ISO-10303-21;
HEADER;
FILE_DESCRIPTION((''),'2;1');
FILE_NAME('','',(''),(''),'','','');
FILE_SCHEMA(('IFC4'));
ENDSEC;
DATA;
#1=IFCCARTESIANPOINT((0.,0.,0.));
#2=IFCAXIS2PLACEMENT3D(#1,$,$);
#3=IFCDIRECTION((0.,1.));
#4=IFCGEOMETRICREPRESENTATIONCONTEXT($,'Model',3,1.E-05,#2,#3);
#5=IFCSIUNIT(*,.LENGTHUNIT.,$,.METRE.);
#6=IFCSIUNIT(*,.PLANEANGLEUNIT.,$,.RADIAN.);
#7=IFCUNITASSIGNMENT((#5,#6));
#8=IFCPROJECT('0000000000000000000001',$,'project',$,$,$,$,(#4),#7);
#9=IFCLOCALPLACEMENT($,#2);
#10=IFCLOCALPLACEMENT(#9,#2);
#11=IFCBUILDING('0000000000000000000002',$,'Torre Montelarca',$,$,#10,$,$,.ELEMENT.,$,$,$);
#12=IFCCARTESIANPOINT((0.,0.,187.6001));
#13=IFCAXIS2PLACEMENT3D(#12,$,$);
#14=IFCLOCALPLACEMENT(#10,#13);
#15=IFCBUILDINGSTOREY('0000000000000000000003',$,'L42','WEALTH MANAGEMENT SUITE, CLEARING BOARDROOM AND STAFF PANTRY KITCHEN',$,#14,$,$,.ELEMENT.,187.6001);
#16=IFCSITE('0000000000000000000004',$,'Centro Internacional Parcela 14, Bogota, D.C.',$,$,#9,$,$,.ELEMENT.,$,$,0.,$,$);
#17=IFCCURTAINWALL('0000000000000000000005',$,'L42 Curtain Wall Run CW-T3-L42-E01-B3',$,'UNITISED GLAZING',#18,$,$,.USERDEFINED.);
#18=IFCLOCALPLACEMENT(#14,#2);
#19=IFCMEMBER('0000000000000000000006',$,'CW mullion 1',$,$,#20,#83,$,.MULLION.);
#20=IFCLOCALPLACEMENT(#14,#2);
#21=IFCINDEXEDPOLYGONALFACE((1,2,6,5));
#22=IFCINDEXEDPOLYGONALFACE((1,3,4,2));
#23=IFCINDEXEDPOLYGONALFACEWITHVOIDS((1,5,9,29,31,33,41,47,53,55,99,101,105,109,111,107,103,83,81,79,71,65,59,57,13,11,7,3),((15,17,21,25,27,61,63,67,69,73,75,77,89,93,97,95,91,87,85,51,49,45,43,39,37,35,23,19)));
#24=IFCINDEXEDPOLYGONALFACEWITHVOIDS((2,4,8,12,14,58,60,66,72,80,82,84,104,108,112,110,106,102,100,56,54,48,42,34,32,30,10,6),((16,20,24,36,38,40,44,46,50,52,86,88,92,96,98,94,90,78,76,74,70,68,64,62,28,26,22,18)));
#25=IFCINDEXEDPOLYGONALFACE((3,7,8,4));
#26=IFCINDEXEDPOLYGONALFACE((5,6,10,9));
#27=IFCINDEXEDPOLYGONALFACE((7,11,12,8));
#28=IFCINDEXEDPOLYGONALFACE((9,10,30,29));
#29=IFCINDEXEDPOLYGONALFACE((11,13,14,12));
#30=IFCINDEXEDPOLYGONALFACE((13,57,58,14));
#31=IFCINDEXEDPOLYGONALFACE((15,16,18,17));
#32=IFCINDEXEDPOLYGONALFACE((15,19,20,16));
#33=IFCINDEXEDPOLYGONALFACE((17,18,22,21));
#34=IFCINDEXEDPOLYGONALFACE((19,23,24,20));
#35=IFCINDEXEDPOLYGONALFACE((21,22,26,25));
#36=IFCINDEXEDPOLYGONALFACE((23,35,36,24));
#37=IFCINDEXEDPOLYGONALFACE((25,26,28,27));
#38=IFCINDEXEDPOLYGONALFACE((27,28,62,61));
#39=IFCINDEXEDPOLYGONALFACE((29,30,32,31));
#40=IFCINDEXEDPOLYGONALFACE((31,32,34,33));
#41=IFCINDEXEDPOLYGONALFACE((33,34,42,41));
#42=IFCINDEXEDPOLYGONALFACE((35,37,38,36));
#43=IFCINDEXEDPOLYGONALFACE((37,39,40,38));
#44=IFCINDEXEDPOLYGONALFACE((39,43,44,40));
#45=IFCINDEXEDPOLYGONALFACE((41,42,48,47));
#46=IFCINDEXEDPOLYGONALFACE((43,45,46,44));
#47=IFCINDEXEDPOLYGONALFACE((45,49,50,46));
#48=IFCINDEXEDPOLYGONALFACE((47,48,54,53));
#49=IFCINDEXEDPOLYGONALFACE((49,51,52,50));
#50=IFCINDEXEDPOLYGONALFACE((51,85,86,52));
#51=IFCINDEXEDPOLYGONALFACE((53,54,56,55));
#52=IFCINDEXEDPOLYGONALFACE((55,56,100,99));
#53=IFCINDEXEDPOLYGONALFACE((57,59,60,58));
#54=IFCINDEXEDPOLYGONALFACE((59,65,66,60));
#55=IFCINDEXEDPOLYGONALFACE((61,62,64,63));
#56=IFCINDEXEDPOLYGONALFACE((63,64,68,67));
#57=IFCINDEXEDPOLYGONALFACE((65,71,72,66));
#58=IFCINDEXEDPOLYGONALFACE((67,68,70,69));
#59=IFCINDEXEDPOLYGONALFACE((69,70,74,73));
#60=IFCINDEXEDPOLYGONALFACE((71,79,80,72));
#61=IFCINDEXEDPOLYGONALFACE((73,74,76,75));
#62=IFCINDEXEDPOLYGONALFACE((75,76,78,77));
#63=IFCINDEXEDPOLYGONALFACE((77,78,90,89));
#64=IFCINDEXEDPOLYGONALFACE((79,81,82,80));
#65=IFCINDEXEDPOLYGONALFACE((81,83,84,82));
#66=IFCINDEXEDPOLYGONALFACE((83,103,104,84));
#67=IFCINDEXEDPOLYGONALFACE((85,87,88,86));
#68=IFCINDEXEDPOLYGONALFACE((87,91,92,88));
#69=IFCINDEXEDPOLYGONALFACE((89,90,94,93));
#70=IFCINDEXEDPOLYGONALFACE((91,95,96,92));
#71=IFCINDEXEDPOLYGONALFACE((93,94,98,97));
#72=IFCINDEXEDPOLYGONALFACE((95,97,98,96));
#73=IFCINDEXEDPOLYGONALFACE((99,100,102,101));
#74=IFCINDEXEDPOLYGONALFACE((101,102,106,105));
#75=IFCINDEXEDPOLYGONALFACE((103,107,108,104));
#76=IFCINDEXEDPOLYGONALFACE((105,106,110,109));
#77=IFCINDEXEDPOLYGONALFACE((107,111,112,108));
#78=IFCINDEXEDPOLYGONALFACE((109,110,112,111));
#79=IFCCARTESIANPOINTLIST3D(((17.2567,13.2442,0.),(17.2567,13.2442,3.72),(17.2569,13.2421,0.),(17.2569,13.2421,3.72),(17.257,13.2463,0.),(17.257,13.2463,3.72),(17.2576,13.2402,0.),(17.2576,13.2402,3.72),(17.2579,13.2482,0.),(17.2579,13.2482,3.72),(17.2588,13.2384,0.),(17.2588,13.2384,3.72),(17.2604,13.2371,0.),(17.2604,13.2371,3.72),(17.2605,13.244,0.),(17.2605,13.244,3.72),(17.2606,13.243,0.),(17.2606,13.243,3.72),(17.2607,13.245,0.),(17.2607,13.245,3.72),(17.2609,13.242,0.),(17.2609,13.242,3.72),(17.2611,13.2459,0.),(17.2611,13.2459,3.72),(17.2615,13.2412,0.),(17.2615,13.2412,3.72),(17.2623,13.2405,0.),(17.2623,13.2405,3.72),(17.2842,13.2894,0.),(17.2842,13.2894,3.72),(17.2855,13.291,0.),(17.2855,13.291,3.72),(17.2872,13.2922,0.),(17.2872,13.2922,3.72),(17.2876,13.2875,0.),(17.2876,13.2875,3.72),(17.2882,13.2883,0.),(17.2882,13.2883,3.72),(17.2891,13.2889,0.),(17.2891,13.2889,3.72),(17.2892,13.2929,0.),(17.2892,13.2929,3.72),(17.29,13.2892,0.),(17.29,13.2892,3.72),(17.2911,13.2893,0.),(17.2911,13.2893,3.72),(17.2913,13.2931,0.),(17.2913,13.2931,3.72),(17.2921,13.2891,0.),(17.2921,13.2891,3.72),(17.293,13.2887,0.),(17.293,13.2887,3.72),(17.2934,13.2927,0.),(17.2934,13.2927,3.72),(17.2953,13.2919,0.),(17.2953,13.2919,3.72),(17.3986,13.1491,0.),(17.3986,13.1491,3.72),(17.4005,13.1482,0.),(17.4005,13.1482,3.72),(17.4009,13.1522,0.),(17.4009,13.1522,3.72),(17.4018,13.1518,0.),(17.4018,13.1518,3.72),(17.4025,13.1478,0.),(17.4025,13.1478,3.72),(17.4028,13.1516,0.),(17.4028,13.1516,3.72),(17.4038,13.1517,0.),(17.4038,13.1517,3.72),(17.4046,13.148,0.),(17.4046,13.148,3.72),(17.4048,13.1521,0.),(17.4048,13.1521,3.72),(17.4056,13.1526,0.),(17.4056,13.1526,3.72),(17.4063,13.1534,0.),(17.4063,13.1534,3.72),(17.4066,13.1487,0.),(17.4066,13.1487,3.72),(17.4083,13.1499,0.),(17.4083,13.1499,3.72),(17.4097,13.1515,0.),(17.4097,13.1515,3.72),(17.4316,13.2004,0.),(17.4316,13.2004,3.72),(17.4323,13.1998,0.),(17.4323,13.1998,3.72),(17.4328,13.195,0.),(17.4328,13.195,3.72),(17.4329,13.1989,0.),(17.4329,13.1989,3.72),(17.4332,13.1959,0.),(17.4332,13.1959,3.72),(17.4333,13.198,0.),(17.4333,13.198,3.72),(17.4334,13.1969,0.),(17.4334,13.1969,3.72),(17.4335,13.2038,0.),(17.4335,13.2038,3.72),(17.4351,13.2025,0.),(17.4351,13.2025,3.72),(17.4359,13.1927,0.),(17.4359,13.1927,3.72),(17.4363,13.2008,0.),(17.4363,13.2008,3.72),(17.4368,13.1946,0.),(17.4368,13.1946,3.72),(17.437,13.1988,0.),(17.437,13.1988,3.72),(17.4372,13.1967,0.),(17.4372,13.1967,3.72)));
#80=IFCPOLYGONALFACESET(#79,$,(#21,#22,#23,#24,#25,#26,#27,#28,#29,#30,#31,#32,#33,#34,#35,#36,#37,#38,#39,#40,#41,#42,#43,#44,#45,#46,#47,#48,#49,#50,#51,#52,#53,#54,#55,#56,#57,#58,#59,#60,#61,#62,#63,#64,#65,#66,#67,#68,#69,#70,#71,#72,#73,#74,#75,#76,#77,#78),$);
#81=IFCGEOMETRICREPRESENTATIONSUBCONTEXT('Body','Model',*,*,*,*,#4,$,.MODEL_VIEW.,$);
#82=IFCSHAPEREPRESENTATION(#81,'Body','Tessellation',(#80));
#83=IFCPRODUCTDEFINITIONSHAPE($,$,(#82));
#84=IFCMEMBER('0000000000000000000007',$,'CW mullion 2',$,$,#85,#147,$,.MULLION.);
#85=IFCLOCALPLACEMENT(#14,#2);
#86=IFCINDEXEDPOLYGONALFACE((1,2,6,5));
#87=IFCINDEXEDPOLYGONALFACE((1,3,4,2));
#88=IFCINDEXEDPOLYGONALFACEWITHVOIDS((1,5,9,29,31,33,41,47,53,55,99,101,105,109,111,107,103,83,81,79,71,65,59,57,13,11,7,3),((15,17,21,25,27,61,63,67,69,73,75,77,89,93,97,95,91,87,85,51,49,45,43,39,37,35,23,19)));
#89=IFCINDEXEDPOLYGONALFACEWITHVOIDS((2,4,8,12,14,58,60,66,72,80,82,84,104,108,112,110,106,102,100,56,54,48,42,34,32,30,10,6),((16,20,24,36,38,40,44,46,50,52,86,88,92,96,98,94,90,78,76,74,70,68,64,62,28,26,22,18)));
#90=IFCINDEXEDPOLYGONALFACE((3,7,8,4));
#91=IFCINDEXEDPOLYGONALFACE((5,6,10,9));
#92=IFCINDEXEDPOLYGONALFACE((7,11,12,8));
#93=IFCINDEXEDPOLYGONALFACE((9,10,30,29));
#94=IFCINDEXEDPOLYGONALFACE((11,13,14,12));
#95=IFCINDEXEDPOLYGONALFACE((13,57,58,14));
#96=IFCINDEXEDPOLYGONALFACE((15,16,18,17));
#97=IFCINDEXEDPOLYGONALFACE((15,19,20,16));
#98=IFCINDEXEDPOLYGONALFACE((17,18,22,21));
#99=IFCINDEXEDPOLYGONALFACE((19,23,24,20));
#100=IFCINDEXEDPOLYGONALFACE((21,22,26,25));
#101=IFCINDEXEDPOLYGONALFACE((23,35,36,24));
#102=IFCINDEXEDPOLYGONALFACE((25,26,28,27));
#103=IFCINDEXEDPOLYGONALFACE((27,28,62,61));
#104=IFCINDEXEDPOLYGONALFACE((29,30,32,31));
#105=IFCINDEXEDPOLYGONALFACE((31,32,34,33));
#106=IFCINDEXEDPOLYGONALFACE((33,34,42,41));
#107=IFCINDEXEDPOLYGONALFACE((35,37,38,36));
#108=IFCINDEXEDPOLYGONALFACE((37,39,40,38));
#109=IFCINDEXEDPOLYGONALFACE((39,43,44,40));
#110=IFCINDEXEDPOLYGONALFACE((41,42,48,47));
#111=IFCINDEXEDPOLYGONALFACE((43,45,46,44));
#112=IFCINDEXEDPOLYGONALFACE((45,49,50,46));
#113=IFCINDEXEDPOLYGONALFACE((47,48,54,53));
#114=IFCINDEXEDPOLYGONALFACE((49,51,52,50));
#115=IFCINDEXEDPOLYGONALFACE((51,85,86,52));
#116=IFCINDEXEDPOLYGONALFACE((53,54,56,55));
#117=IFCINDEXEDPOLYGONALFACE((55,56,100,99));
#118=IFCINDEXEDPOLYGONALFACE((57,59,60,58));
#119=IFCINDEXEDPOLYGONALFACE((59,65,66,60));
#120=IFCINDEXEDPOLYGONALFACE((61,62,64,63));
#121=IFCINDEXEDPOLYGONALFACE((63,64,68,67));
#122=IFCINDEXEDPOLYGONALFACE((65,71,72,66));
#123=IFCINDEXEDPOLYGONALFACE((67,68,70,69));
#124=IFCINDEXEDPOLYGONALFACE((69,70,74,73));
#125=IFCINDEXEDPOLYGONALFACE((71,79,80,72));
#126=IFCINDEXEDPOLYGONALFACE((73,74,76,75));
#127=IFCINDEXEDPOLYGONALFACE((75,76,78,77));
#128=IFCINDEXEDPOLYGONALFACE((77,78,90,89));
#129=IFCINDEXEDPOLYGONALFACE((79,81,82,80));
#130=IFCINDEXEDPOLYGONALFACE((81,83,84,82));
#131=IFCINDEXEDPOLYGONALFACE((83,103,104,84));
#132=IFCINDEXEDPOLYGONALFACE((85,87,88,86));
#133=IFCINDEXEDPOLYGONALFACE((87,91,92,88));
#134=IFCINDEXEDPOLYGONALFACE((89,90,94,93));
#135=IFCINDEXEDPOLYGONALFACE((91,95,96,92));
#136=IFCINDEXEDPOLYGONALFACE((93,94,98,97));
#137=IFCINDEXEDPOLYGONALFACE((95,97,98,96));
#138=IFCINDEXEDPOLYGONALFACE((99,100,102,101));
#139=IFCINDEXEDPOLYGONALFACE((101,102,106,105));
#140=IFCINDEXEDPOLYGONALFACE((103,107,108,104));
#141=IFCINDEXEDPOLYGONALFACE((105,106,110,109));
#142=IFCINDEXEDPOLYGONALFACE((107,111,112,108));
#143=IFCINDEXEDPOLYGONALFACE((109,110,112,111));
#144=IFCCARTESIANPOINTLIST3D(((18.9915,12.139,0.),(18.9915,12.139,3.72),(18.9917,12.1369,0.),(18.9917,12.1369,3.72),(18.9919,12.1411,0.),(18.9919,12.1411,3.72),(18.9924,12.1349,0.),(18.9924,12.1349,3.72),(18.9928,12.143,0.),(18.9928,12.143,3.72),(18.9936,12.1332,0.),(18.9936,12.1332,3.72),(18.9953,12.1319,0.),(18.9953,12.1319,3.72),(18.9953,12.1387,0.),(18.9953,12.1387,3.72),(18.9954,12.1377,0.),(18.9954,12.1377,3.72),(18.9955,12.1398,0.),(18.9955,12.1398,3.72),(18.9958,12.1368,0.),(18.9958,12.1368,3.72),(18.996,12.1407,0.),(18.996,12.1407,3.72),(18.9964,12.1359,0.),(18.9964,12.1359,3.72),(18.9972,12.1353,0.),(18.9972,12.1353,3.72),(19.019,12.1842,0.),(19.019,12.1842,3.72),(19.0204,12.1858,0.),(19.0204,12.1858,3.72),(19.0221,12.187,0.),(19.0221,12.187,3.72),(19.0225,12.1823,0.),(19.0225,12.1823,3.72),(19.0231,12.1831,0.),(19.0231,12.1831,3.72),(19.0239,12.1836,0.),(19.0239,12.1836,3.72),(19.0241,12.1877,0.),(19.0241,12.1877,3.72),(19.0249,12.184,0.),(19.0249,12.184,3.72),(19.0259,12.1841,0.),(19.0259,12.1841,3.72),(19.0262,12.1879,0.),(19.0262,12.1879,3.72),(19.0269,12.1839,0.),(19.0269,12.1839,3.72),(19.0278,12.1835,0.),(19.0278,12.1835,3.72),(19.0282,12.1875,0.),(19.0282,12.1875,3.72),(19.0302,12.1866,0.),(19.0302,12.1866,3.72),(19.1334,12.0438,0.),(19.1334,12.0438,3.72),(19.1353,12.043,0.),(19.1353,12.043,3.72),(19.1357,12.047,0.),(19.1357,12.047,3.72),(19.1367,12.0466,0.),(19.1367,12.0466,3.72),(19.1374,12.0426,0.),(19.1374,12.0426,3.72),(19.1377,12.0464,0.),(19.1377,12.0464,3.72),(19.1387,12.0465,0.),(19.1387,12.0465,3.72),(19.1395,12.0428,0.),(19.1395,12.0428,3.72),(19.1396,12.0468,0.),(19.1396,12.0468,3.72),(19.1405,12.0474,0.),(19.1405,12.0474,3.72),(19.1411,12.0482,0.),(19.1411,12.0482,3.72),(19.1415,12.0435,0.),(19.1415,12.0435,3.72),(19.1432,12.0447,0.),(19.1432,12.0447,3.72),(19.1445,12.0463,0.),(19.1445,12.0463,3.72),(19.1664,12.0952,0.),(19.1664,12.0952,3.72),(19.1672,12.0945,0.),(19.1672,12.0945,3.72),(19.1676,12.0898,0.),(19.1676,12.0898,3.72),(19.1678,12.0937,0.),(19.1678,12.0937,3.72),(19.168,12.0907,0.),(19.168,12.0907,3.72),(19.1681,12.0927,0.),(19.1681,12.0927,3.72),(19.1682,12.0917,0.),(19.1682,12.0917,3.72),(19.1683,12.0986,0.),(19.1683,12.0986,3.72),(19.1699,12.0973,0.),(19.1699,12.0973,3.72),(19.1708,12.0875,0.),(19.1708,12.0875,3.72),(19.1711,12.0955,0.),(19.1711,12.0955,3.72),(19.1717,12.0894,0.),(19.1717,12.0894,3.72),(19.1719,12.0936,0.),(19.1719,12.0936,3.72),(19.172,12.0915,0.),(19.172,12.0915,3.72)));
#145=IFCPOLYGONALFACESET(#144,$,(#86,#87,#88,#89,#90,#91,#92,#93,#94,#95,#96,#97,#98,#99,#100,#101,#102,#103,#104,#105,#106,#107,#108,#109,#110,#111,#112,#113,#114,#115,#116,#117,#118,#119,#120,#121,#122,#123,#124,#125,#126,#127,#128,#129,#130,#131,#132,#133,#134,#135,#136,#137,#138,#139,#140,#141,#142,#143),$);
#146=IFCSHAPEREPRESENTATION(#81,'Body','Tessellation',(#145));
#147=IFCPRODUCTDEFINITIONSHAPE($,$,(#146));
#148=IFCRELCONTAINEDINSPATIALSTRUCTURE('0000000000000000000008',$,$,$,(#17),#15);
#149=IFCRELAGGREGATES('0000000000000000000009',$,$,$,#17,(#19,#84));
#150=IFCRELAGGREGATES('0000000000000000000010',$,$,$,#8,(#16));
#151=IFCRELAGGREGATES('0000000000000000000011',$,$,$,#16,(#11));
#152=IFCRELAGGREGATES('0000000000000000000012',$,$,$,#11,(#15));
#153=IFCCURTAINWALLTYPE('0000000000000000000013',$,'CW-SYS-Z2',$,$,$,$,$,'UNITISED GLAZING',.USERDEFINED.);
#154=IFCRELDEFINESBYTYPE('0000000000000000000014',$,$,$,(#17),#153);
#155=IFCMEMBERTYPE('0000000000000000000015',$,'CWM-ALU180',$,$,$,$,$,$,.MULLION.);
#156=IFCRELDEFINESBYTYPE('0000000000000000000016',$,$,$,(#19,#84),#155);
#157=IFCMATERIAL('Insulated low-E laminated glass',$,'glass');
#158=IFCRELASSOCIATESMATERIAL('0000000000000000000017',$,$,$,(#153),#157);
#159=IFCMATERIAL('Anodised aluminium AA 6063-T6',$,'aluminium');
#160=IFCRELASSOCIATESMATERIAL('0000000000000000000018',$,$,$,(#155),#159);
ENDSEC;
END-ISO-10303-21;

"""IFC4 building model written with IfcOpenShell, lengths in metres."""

from ifc_helpers import new_model, si_unit, direction, frame, origin, origin_2d, place, context, subcontext, project, spatial, hollow_rectangle, extrude, source, transform, mapped, material, material_profile, profile_set, type_object, element, aggregate, save


model = new_model("IFC4")

# Units and contexts
model_context = context("Model", 3, precision=1e-05, world=origin(), true_north=direction((0.0, 1.0)))
body_context = subcontext(model_context, "Body", "Model", "MODEL_VIEW")
ifc_project = project(units=[si_unit("LENGTHUNIT", "METRE"), si_unit("PLANEANGLEUNIT", "RADIAN")], contexts=[model_context])

# Site, building, storey
site_placement = place(None, origin())
site = spatial("IfcSite", under=ifc_project, at=site_placement, Name="Centro Internacional Parcela 14, Bogota, D.C.", CompositionType="ELEMENT", RefElevation=0.0)
building_placement = place(site_placement, origin())
building = spatial("IfcBuilding", under=site, at=building_placement, Name="Torre Montelarca", CompositionType="ELEMENT")
storey_placement = place(building_placement, frame((0.0, 0.0, 187.6001)))
storey = spatial("IfcBuildingStorey", under=building, at=storey_placement, Name="L42", Description="WEALTH MANAGEMENT SUITE, CLEARING BOARDROOM AND STAFF PANTRY KITCHEN", CompositionType="ELEMENT", Elevation=187.6001)

# Shared definitions
ifc_material_1 = material(Name="Insulated low-E laminated glass", Category="glass")
curtain_wall_type = type_object("IfcCurtainWallType", Name="CW-SYS-Z2", ElementType="UNITISED GLAZING", PredefinedType="USERDEFINED", material=ifc_material_1)
ifc_material_2 = material(Name="Anodised aluminium AA 6063-T6", Category="aluminium")
ifc_material_profile_1 = material_profile(ifc_material_2, hollow_rectangle(XDim=0.0649, YDim=0.1799, WallThickness=0.0039, InnerFilletRadius=0.0039, OuterFilletRadius=0.0081, at=origin_2d()), Name="ALU65X180X4", Category="aluminium")
ifc_profile_set_1 = profile_set([ifc_material_profile_1], Name="Anodised aluminium AA 6063-T6")
member_type_1 = type_object("IfcMemberType", Name="CWM-ALU180", PredefinedType="MULLION", material=ifc_profile_set_1)
shared_shape_1 = source(origin(), body_context, "Body", "SweptSolid", [
    extrude(hollow_rectangle(XDim=0.0649, YDim=0.1799, WallThickness=0.0039, InnerFilletRadius=0.0039, OuterFilletRadius=0.0081, at=origin_2d()), origin(), (0.0, 0.0, 1.0), 3.72),
])

# Curtain wall, members
curtain_wall_1_placement = place(storey_placement, origin())
curtain_wall_1 = element("IfcCurtainWall", 1, at=curtain_wall_1_placement, inside=storey, type_object=curtain_wall_type, Name="L42 Curtain Wall Run CW-T3-L42-E01-B3", ObjectType="UNITISED GLAZING", PredefinedType="USERDEFINED")
member_1_placement = place(storey_placement, frame((17.3469, 13.2205, 0.0), z_axis=(0.0, 0.0, 1.0), x_axis=(0.537303, 0.843389, 0.0)))
member_1 = element("IfcMember", 2, at=member_1_placement, type_object=member_type_1, Name="CW mullion 1", PredefinedType="MULLION", context=body_context, shape_type="MappedRepresentation", body=[
    mapped(shared_shape_1, transform((0.0, 0.0, 0.0), scale=1.0)),
])
member_2_placement = place(storey_placement, frame((19.0818, 12.1152, 0.0), z_axis=(0.0, 0.0, 1.0), x_axis=(0.537303, 0.843389, 0.0)))
member_2 = element("IfcMember", 3, at=member_2_placement, type_object=member_type_1, Name="CW mullion 2", PredefinedType="MULLION", context=body_context, shape_type="MappedRepresentation", body=[
    mapped(shared_shape_1, transform((0.0, 0.0, 0.0), scale=1.0)),
])

aggregate(curtain_wall_1, [member_1, member_2])

save(model, "model.ifc")
